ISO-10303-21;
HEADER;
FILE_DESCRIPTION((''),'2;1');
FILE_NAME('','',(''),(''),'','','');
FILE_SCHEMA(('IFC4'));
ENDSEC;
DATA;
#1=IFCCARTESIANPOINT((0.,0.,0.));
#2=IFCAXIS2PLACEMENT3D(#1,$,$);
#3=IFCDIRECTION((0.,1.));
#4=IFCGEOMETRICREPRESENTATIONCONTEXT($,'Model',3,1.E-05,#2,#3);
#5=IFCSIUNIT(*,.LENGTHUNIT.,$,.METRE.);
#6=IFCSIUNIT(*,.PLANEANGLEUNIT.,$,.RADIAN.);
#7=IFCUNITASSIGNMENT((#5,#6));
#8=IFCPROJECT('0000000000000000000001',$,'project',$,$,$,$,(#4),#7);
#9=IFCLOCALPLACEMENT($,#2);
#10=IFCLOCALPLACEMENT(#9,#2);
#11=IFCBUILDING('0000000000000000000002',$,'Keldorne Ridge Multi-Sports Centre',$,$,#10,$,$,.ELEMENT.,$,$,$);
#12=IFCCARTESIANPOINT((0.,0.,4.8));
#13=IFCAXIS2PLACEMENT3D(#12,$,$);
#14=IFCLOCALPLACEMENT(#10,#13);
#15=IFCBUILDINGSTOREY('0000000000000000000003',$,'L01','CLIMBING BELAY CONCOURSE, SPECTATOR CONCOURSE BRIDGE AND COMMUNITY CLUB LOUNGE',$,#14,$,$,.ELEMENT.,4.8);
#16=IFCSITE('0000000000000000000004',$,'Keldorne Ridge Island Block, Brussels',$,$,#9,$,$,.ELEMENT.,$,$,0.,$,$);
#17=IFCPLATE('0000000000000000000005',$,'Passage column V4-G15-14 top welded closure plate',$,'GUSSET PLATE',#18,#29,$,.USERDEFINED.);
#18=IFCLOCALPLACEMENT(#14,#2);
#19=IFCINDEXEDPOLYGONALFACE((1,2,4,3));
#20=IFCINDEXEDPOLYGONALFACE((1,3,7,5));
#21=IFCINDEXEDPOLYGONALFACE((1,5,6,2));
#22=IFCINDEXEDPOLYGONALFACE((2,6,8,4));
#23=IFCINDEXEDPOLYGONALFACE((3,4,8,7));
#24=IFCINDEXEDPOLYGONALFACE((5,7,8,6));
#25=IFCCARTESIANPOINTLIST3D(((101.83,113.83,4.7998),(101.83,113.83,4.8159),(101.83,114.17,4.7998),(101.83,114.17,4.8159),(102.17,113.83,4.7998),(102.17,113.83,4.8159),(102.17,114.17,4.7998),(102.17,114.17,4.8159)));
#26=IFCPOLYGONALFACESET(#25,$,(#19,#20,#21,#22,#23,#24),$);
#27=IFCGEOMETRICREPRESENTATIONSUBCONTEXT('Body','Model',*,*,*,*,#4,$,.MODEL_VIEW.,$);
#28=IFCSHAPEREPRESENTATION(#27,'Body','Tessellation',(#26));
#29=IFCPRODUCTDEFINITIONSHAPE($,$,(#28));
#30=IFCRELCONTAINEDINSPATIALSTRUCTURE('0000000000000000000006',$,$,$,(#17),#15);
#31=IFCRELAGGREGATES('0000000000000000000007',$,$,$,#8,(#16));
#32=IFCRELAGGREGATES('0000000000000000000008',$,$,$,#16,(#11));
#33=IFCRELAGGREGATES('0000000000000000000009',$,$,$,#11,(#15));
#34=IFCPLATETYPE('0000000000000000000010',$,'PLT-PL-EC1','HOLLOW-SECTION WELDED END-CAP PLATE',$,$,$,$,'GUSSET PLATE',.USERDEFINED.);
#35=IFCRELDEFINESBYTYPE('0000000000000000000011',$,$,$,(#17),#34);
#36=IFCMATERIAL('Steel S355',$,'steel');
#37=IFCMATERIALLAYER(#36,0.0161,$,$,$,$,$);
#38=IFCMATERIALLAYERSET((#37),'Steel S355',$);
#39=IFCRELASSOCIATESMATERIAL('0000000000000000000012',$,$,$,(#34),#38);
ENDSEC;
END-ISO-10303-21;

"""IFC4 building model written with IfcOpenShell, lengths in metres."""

from ifc_helpers import new_model, si_unit, direction, frame, origin, origin_2d, place, context, subcontext, project, spatial, rectangle, extrude, material, layer, layer_set, type_object, element, save


model = new_model("IFC4")

# Units and contexts
model_context = context("Model", 3, precision=1e-05, world=origin(), true_north=direction((0.0, 1.0)))
body_context = subcontext(model_context, "Body", "Model", "MODEL_VIEW")
ifc_project = project(units=[si_unit("LENGTHUNIT", "METRE"), si_unit("PLANEANGLEUNIT", "RADIAN")], contexts=[model_context])

# Site, building, storey
site_placement = place(None, origin())
site = spatial("IfcSite", under=ifc_project, at=site_placement, Name="Keldorne Ridge Island Block, Brussels", CompositionType="ELEMENT", RefElevation=0.0)
building_placement = place(site_placement, origin())
building = spatial("IfcBuilding", under=site, at=building_placement, Name="Keldorne Ridge Multi-Sports Centre", CompositionType="ELEMENT")
storey_placement = place(building_placement, frame((0.0, 0.0, 4.8)))
storey = spatial("IfcBuildingStorey", under=building, at=storey_placement, Name="L01", Description="CLIMBING BELAY CONCOURSE, SPECTATOR CONCOURSE BRIDGE AND COMMUNITY CLUB LOUNGE", CompositionType="ELEMENT", Elevation=4.8)

# Shared definitions
ifc_material_1 = material(Name="Steel S355", Category="steel")

# Plate
ifc_layer_1 = layer(ifc_material_1, 0.0161)
ifc_layer_set_1 = layer_set([ifc_layer_1], Name="Steel S355")
plate_type_1 = type_object("IfcPlateType", Name="PLT-PL-EC1", Description="HOLLOW-SECTION WELDED END-CAP PLATE", ElementType="GUSSET PLATE", PredefinedType="USERDEFINED", material=ifc_layer_set_1)
plate_1_placement = place(storey_placement, frame((102.0, 114.0, 4.7998), z_axis=(0.0, 0.0, 1.0), x_axis=(1.0, 0.0, 0.0)))
element("IfcPlate", 1, at=plate_1_placement, inside=storey, type_object=plate_type_1, Name="Passage column V4-G15-14 top welded closure plate", ObjectType="GUSSET PLATE", PredefinedType="USERDEFINED", context=body_context, shape_type="SweptSolid", body=[
    extrude(rectangle(XDim=0.3401, YDim=0.3401, at=origin_2d()), origin(), (0.0, 0.0, 1.0), 0.0161),
])

save(model, "model.ifc")
